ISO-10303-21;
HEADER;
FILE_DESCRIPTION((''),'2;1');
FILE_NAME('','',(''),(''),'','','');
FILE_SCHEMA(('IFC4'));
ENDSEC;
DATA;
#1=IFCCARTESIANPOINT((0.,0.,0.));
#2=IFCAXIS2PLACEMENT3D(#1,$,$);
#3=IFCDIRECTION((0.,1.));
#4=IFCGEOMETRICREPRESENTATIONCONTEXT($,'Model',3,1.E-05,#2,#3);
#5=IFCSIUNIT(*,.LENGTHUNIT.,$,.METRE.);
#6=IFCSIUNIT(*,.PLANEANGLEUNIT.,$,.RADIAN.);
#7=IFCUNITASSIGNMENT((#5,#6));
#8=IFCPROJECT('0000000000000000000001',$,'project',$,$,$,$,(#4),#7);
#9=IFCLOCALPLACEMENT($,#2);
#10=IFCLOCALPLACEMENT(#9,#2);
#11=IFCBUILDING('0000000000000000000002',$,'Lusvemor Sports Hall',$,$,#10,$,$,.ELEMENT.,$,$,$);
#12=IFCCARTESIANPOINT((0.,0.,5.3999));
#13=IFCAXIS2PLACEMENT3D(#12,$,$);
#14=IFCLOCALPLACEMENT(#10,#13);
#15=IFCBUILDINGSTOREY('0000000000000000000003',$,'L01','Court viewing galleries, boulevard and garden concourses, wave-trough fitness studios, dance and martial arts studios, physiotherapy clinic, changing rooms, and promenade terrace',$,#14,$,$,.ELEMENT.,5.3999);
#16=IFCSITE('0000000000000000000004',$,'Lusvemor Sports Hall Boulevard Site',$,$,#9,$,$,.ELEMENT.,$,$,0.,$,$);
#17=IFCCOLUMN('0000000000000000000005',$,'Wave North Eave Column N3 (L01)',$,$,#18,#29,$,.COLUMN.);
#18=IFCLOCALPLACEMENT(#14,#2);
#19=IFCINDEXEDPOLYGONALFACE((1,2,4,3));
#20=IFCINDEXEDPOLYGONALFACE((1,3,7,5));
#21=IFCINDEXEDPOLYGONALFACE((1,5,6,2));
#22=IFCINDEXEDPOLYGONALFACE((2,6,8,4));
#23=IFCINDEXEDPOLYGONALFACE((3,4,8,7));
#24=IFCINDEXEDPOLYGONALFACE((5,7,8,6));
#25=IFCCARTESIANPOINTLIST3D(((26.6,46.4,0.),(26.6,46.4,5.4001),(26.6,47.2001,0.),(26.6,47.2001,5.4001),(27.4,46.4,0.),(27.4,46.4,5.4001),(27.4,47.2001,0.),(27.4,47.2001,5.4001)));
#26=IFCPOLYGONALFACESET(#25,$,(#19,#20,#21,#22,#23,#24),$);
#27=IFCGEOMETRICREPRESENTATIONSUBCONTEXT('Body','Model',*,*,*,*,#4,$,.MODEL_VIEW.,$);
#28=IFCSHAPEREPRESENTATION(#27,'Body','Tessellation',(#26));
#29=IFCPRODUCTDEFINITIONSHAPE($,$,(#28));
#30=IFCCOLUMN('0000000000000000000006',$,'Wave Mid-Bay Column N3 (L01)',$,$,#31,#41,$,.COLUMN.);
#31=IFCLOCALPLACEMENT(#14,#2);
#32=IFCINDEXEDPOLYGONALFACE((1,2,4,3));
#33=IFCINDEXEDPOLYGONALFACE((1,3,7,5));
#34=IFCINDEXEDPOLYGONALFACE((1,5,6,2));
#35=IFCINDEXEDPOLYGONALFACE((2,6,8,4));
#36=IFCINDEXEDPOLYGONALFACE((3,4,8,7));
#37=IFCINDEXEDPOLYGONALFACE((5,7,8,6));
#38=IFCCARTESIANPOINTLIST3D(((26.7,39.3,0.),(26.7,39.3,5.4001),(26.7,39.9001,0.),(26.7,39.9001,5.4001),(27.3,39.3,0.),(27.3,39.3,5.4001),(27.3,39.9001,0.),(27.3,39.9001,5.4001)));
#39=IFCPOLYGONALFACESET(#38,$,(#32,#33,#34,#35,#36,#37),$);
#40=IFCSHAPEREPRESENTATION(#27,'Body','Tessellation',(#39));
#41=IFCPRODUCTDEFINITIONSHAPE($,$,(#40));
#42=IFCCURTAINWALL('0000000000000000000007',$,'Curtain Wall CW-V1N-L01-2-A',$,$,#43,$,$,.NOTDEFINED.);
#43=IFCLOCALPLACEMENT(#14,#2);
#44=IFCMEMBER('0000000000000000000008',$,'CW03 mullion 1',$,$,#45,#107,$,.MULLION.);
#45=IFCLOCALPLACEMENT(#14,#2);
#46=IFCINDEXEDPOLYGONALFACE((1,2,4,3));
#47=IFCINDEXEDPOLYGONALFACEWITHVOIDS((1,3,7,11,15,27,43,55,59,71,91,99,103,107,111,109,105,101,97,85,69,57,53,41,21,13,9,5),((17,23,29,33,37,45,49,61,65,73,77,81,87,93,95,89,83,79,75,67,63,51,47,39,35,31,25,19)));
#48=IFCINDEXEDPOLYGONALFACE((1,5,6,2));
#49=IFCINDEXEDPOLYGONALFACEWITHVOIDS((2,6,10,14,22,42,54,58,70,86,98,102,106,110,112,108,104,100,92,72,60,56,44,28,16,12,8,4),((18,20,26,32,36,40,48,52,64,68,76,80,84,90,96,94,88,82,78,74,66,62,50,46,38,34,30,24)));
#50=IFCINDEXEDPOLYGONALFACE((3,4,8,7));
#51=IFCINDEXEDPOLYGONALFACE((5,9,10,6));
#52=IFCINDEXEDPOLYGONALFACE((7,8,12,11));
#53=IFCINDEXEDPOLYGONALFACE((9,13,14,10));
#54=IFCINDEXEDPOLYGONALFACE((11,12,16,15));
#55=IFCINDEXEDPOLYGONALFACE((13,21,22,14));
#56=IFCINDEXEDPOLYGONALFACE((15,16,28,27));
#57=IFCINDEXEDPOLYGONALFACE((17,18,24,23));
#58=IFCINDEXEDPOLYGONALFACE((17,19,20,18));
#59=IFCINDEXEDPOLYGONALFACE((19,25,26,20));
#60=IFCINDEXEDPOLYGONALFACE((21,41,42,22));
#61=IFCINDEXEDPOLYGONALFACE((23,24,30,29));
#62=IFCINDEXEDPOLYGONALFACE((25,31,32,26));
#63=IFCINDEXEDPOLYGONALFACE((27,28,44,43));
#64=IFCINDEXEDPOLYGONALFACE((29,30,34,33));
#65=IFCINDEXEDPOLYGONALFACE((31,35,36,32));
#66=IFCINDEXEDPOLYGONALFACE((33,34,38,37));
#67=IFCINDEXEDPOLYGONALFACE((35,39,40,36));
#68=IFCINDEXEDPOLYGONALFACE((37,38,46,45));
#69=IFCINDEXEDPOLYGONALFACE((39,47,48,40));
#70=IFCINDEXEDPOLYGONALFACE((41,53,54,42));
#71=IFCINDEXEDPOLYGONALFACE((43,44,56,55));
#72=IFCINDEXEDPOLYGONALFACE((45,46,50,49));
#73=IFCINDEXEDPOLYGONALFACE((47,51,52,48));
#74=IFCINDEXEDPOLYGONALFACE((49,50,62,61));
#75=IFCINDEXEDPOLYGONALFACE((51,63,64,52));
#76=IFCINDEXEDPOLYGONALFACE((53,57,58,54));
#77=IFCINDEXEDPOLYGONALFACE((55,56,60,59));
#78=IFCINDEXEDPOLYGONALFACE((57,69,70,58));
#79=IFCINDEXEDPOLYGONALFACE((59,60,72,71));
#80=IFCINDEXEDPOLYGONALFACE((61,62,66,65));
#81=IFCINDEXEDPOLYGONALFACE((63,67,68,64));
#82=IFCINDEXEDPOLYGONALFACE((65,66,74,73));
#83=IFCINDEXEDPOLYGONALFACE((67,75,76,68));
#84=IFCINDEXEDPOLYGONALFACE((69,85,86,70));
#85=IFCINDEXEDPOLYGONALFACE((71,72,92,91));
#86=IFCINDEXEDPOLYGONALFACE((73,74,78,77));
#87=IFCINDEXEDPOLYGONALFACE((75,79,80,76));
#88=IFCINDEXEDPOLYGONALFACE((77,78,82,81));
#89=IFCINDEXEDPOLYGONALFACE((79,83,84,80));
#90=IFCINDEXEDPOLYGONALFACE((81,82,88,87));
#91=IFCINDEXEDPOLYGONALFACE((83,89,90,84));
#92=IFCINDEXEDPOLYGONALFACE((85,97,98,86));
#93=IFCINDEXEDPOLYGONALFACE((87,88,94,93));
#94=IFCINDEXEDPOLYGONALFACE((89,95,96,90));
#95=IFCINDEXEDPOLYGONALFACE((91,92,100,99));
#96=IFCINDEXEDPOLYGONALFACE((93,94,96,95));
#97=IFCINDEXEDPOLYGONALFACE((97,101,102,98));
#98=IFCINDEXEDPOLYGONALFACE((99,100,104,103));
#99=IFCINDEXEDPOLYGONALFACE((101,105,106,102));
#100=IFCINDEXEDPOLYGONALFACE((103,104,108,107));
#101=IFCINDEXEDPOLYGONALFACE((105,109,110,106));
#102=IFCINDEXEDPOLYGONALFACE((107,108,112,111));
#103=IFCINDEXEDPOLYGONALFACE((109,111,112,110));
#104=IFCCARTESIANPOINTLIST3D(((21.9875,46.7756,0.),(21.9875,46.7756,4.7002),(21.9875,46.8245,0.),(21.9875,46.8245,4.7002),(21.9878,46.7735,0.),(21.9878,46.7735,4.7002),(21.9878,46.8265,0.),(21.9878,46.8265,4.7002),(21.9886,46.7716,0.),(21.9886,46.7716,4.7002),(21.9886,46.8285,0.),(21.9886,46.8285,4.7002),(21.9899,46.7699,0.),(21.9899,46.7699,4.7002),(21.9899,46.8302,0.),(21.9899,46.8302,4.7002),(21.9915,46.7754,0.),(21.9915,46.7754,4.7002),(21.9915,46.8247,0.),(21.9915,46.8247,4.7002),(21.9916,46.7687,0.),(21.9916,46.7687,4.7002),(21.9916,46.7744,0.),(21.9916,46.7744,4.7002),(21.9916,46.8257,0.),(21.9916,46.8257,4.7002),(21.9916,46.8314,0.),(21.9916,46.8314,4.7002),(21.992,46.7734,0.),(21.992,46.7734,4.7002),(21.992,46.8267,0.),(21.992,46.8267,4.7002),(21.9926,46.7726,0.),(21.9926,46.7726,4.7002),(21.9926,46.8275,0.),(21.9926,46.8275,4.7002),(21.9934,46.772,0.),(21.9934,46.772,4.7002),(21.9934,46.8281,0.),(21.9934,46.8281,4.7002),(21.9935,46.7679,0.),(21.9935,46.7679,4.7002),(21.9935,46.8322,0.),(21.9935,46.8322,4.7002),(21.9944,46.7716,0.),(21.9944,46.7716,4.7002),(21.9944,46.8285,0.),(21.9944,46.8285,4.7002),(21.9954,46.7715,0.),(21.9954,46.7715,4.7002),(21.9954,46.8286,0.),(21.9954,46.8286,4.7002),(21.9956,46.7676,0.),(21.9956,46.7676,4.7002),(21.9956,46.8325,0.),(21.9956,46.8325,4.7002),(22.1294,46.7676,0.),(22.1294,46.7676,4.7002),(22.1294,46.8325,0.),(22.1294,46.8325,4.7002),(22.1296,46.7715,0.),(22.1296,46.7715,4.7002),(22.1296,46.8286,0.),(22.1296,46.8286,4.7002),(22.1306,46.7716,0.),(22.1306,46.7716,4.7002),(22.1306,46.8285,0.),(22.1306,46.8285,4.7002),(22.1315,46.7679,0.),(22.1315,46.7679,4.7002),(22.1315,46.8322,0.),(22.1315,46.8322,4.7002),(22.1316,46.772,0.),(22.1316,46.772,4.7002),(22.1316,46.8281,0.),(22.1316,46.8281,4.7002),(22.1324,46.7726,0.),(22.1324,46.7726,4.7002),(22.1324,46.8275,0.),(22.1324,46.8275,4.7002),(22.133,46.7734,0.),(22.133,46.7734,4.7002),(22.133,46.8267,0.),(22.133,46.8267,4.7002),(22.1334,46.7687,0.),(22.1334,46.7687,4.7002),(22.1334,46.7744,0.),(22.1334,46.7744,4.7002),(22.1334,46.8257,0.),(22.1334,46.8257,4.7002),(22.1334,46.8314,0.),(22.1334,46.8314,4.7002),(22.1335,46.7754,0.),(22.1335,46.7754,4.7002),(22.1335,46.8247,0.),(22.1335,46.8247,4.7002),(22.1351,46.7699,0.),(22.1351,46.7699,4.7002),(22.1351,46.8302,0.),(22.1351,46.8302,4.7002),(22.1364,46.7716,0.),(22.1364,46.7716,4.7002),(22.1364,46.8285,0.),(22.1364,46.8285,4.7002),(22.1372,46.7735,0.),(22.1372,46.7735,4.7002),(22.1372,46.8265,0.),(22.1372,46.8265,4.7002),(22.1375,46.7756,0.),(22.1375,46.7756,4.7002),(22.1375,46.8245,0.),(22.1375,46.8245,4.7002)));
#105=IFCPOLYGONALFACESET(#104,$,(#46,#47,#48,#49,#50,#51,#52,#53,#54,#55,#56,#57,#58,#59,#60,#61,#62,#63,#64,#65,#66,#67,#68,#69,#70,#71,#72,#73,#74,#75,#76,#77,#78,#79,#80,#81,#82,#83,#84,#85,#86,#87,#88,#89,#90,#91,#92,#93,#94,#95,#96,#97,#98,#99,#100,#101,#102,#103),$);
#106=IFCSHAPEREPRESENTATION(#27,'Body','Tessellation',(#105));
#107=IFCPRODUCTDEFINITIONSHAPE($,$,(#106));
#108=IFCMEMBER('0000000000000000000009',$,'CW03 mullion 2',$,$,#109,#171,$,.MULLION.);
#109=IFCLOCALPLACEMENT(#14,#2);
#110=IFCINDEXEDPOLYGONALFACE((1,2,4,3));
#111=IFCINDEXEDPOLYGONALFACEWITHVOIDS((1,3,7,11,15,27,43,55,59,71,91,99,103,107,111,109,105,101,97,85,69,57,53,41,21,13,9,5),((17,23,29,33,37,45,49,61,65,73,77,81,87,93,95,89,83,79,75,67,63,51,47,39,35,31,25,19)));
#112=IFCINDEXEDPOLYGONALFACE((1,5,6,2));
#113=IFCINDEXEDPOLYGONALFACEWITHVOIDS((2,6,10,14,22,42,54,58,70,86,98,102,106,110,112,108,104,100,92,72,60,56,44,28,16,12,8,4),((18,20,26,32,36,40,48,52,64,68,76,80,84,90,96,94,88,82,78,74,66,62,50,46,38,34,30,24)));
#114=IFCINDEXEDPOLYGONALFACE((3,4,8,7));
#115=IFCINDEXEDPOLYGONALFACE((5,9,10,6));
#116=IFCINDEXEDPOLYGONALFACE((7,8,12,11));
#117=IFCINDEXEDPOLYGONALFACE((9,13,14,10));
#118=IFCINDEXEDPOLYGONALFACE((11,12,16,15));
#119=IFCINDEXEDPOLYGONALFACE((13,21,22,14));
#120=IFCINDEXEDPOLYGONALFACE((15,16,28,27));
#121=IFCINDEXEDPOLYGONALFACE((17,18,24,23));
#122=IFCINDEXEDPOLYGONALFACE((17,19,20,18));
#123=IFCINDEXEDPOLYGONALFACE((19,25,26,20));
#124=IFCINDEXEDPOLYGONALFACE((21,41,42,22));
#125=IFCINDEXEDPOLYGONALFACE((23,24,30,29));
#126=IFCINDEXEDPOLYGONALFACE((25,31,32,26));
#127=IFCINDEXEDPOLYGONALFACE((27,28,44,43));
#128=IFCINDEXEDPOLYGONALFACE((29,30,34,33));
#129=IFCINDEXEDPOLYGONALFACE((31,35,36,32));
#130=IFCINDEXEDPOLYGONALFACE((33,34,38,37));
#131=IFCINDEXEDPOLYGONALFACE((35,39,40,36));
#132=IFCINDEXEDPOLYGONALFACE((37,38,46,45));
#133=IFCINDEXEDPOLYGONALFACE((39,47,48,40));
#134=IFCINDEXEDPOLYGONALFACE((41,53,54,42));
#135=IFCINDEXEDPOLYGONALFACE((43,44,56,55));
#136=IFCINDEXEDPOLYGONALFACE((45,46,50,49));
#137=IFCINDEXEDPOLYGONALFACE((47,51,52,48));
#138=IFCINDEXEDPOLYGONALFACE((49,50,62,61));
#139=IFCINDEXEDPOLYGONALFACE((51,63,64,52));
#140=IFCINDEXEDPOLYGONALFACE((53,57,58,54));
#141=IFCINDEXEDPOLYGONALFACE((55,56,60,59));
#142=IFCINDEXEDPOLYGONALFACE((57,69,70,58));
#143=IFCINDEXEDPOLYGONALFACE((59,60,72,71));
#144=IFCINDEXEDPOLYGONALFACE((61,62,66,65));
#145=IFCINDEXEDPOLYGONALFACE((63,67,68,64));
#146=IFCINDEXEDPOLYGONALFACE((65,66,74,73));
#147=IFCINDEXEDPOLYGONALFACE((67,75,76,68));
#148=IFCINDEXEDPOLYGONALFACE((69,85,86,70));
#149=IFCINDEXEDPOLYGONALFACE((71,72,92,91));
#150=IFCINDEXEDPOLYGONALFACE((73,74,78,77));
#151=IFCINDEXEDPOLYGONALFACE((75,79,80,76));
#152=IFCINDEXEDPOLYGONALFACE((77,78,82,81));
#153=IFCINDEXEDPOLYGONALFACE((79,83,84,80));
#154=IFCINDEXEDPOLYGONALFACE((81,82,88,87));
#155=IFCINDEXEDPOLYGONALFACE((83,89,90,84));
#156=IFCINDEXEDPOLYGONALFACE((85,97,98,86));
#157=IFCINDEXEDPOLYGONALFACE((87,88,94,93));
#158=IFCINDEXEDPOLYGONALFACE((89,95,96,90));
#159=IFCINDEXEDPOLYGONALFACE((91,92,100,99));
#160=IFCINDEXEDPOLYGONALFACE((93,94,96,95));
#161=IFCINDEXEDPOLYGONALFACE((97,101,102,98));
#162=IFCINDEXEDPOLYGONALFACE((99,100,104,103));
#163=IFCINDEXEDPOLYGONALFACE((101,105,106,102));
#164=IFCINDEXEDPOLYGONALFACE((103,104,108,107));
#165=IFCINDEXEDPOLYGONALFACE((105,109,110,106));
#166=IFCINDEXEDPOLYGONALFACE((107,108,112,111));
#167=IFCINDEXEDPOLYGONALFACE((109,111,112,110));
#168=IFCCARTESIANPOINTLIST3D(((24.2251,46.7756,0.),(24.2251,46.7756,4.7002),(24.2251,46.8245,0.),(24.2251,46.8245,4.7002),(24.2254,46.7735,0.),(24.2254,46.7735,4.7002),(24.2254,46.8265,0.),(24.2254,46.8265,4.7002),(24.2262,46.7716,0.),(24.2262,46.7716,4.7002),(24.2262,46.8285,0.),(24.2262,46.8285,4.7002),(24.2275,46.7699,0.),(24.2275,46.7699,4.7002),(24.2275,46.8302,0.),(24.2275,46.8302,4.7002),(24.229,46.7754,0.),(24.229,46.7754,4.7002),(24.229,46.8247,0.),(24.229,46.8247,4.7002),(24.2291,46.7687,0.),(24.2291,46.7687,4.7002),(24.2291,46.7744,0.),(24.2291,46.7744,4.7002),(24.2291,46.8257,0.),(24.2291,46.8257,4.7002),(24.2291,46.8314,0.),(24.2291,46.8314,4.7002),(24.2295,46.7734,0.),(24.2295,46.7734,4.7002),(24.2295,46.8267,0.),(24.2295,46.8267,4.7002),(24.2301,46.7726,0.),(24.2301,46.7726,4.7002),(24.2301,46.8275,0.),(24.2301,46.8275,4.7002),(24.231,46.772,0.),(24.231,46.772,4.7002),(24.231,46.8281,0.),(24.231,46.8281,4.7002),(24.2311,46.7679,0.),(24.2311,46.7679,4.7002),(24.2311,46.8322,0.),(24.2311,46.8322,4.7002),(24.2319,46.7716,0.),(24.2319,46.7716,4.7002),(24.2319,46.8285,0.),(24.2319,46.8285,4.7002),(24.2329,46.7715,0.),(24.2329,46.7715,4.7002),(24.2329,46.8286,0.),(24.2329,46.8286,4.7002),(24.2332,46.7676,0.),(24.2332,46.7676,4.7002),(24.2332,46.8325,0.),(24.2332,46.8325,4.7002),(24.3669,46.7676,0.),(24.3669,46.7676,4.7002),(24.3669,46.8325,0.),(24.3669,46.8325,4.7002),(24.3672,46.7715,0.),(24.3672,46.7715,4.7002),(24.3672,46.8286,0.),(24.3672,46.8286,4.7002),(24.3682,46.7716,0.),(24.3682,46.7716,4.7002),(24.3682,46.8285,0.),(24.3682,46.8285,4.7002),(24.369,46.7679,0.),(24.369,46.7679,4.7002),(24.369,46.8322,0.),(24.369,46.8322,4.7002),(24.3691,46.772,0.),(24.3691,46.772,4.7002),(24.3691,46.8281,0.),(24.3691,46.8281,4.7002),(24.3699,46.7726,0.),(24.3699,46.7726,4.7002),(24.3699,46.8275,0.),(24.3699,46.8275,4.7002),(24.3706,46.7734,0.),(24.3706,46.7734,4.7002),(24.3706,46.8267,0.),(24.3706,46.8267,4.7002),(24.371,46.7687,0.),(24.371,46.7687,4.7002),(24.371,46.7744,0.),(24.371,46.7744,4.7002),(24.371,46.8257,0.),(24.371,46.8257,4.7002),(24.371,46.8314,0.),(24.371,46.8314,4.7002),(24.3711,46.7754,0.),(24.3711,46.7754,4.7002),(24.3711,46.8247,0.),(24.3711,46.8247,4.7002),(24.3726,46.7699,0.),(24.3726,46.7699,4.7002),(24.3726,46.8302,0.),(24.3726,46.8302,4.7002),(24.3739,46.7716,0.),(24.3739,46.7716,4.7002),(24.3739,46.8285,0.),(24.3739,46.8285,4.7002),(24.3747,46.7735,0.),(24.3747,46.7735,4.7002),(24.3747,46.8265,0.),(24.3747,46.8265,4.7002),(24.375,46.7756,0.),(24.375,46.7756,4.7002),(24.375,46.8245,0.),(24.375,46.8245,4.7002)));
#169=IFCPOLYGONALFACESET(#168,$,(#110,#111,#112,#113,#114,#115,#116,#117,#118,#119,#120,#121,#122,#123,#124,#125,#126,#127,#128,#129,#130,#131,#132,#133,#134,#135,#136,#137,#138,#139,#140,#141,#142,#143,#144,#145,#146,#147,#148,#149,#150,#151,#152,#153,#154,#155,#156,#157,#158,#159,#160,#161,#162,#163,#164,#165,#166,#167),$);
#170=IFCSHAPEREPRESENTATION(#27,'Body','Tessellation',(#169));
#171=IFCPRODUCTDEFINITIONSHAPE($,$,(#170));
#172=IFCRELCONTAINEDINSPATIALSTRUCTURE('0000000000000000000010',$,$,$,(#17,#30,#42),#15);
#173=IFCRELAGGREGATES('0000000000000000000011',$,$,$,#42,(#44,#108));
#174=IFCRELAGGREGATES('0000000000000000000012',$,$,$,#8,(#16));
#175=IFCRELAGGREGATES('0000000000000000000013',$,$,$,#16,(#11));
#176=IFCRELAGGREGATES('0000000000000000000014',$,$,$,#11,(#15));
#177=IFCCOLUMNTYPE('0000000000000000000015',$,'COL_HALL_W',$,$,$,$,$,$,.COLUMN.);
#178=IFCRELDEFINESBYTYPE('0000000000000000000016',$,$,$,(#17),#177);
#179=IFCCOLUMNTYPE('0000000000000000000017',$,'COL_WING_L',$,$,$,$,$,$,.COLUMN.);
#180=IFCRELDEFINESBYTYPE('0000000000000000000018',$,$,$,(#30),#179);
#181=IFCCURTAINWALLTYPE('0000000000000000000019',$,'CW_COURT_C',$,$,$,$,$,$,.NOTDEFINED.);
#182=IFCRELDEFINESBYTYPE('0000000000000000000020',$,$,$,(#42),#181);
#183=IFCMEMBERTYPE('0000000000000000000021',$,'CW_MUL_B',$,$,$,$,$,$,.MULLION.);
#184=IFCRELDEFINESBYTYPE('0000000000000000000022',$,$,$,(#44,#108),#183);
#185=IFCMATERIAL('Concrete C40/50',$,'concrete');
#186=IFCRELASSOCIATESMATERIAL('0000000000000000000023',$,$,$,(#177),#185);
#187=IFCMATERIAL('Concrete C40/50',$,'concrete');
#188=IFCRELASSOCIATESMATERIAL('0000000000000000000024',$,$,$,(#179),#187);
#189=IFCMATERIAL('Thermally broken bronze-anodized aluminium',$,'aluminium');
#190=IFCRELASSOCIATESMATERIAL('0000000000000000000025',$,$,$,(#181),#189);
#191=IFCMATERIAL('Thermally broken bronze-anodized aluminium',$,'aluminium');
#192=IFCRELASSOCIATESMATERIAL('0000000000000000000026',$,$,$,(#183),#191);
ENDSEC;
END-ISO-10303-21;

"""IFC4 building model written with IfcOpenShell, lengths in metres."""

from ifc_helpers import new_model, si_unit, direction, frame, origin, origin_2d, place, context, subcontext, project, spatial, rectangle, hollow_rectangle, extrude, material, material_profile, profile_set, type_object, element, aggregate, save


model = new_model("IFC4")

# Units and contexts
model_context = context("Model", 3, precision=1e-05, world=origin(), true_north=direction((0.0, 1.0)))
body_context = subcontext(model_context, "Body", "Model", "MODEL_VIEW")
ifc_project = project(units=[si_unit("LENGTHUNIT", "METRE"), si_unit("PLANEANGLEUNIT", "RADIAN")], contexts=[model_context])

# Site, building, storey
site_placement = place(None, origin())
site = spatial("IfcSite", under=ifc_project, at=site_placement, Name="Lusvemor Sports Hall Boulevard Site", CompositionType="ELEMENT", RefElevation=0.0)
building_placement = place(site_placement, origin())
building = spatial("IfcBuilding", under=site, at=building_placement, Name="Lusvemor Sports Hall", CompositionType="ELEMENT")
storey_placement = place(building_placement, frame((0.0, 0.0, 5.3999)))
storey = spatial("IfcBuildingStorey", under=building, at=storey_placement, Name="L01", Description="Court viewing galleries, boulevard and garden concourses, wave-trough fitness studios, dance and martial arts studios, physiotherapy clinic, changing rooms, and promenade terrace", CompositionType="ELEMENT", Elevation=5.3999)

# Columns
ifc_material_1 = material(Name="Concrete C40/50", Category="concrete")
ifc_material_profile_1 = material_profile(ifc_material_1, rectangle(XDim=0.8, YDim=0.8, at=origin_2d()), Name="RC800x800")
ifc_profile_set_1 = profile_set([ifc_material_profile_1], Name="Concrete C40/50")
column_type_1 = type_object("IfcColumnType", Name="COL_HALL_W", PredefinedType="COLUMN", material=ifc_profile_set_1)
column_1_placement = place(storey_placement, frame((27.0, 46.8, 0.0), z_axis=(0.0, 0.0, 1.0), x_axis=(1.0, 0.0, 0.0)))
element("IfcColumn", 1, at=column_1_placement, inside=storey, type_object=column_type_1, Name="Wave North Eave Column N3 (L01)", PredefinedType="COLUMN", context=body_context, shape_type="SweptSolid", body=[
    extrude(rectangle(XDim=0.8, YDim=0.8, at=origin_2d()), origin(), (0.0, 0.0, 1.0), 5.4001),
])
ifc_material_2 = material(Name="Concrete C40/50", Category="concrete")
ifc_material_profile_2 = material_profile(ifc_material_2, rectangle(XDim=0.6001, YDim=0.6001, at=origin_2d()), Name="RC600x600")
ifc_profile_set_2 = profile_set([ifc_material_profile_2], Name="Concrete C40/50")
column_type_2 = type_object("IfcColumnType", Name="COL_WING_L", PredefinedType="COLUMN", material=ifc_profile_set_2)
column_2_placement = place(storey_placement, frame((27.0, 39.6001, 0.0), z_axis=(0.0, 0.0, 1.0), x_axis=(1.0, 0.0, 0.0)))
element("IfcColumn", 2, at=column_2_placement, inside=storey, type_object=column_type_2, Name="Wave Mid-Bay Column N3 (L01)", PredefinedType="COLUMN", context=body_context, shape_type="SweptSolid", body=[
    extrude(rectangle(XDim=0.6001, YDim=0.6001, at=origin_2d()), origin(), (0.0, 0.0, 1.0), 5.4001),
])

# Curtain wall, members
ifc_material_3 = material(Name="Thermally broken bronze-anodized aluminium", Category="aluminium")
curtain_wall_type = type_object("IfcCurtainWallType", Name="CW_COURT_C", PredefinedType="NOTDEFINED", material=ifc_material_3)
curtain_wall_1_placement = place(storey_placement, origin())
curtain_wall_1 = element("IfcCurtainWall", 3, at=curtain_wall_1_placement, inside=storey, type_object=curtain_wall_type, Name="Curtain Wall CW-V1N-L01-2-A", PredefinedType="NOTDEFINED")
ifc_material_4 = material(Name="Thermally broken bronze-anodized aluminium", Category="aluminium")
ifc_material_profile_3 = material_profile(ifc_material_4, hollow_rectangle(XDim=0.0649, YDim=0.1499, WallThickness=0.0039, InnerFilletRadius=0.0039, OuterFilletRadius=0.0081, at=origin_2d()), Name="CWMUL150x65x4")
ifc_profile_set_3 = profile_set([ifc_material_profile_3], Name="Thermally broken bronze-anodized aluminium")
member_type_1 = type_object("IfcMemberType", Name="CW_MUL_B", PredefinedType="MULLION", material=ifc_profile_set_3)
member_1_placement = place(storey_placement, frame((22.0625, 46.8, 0.0), z_axis=(0.0, 0.0, 1.0), x_axis=(0.0, 1.0, 0.0)))
member_1 = element("IfcMember", 4, at=member_1_placement, type_object=member_type_1, Name="CW03 mullion 1", PredefinedType="MULLION", context=body_context, shape_type="SweptSolid", body=[
    extrude(hollow_rectangle(XDim=0.0649, YDim=0.1499, WallThickness=0.0039, InnerFilletRadius=0.0039, OuterFilletRadius=0.0081, at=origin_2d()), origin(), (0.0, 0.0, 1.0), 4.7002),
])
member_2_placement = place(storey_placement, frame((24.3, 46.8, 0.0), z_axis=(0.0, 0.0, 1.0), x_axis=(0.0, 1.0, 0.0)))
member_2 = element("IfcMember", 5, at=member_2_placement, type_object=member_type_1, Name="CW03 mullion 2", PredefinedType="MULLION", context=body_context, shape_type="SweptSolid", body=[
    extrude(hollow_rectangle(XDim=0.0649, YDim=0.1499, WallThickness=0.0039, InnerFilletRadius=0.0039, OuterFilletRadius=0.0081, at=origin_2d()), origin(), (0.0, 0.0, 1.0), 4.7002),
])

aggregate(curtain_wall_1, [member_1, member_2])

save(model, "model.ifc")
